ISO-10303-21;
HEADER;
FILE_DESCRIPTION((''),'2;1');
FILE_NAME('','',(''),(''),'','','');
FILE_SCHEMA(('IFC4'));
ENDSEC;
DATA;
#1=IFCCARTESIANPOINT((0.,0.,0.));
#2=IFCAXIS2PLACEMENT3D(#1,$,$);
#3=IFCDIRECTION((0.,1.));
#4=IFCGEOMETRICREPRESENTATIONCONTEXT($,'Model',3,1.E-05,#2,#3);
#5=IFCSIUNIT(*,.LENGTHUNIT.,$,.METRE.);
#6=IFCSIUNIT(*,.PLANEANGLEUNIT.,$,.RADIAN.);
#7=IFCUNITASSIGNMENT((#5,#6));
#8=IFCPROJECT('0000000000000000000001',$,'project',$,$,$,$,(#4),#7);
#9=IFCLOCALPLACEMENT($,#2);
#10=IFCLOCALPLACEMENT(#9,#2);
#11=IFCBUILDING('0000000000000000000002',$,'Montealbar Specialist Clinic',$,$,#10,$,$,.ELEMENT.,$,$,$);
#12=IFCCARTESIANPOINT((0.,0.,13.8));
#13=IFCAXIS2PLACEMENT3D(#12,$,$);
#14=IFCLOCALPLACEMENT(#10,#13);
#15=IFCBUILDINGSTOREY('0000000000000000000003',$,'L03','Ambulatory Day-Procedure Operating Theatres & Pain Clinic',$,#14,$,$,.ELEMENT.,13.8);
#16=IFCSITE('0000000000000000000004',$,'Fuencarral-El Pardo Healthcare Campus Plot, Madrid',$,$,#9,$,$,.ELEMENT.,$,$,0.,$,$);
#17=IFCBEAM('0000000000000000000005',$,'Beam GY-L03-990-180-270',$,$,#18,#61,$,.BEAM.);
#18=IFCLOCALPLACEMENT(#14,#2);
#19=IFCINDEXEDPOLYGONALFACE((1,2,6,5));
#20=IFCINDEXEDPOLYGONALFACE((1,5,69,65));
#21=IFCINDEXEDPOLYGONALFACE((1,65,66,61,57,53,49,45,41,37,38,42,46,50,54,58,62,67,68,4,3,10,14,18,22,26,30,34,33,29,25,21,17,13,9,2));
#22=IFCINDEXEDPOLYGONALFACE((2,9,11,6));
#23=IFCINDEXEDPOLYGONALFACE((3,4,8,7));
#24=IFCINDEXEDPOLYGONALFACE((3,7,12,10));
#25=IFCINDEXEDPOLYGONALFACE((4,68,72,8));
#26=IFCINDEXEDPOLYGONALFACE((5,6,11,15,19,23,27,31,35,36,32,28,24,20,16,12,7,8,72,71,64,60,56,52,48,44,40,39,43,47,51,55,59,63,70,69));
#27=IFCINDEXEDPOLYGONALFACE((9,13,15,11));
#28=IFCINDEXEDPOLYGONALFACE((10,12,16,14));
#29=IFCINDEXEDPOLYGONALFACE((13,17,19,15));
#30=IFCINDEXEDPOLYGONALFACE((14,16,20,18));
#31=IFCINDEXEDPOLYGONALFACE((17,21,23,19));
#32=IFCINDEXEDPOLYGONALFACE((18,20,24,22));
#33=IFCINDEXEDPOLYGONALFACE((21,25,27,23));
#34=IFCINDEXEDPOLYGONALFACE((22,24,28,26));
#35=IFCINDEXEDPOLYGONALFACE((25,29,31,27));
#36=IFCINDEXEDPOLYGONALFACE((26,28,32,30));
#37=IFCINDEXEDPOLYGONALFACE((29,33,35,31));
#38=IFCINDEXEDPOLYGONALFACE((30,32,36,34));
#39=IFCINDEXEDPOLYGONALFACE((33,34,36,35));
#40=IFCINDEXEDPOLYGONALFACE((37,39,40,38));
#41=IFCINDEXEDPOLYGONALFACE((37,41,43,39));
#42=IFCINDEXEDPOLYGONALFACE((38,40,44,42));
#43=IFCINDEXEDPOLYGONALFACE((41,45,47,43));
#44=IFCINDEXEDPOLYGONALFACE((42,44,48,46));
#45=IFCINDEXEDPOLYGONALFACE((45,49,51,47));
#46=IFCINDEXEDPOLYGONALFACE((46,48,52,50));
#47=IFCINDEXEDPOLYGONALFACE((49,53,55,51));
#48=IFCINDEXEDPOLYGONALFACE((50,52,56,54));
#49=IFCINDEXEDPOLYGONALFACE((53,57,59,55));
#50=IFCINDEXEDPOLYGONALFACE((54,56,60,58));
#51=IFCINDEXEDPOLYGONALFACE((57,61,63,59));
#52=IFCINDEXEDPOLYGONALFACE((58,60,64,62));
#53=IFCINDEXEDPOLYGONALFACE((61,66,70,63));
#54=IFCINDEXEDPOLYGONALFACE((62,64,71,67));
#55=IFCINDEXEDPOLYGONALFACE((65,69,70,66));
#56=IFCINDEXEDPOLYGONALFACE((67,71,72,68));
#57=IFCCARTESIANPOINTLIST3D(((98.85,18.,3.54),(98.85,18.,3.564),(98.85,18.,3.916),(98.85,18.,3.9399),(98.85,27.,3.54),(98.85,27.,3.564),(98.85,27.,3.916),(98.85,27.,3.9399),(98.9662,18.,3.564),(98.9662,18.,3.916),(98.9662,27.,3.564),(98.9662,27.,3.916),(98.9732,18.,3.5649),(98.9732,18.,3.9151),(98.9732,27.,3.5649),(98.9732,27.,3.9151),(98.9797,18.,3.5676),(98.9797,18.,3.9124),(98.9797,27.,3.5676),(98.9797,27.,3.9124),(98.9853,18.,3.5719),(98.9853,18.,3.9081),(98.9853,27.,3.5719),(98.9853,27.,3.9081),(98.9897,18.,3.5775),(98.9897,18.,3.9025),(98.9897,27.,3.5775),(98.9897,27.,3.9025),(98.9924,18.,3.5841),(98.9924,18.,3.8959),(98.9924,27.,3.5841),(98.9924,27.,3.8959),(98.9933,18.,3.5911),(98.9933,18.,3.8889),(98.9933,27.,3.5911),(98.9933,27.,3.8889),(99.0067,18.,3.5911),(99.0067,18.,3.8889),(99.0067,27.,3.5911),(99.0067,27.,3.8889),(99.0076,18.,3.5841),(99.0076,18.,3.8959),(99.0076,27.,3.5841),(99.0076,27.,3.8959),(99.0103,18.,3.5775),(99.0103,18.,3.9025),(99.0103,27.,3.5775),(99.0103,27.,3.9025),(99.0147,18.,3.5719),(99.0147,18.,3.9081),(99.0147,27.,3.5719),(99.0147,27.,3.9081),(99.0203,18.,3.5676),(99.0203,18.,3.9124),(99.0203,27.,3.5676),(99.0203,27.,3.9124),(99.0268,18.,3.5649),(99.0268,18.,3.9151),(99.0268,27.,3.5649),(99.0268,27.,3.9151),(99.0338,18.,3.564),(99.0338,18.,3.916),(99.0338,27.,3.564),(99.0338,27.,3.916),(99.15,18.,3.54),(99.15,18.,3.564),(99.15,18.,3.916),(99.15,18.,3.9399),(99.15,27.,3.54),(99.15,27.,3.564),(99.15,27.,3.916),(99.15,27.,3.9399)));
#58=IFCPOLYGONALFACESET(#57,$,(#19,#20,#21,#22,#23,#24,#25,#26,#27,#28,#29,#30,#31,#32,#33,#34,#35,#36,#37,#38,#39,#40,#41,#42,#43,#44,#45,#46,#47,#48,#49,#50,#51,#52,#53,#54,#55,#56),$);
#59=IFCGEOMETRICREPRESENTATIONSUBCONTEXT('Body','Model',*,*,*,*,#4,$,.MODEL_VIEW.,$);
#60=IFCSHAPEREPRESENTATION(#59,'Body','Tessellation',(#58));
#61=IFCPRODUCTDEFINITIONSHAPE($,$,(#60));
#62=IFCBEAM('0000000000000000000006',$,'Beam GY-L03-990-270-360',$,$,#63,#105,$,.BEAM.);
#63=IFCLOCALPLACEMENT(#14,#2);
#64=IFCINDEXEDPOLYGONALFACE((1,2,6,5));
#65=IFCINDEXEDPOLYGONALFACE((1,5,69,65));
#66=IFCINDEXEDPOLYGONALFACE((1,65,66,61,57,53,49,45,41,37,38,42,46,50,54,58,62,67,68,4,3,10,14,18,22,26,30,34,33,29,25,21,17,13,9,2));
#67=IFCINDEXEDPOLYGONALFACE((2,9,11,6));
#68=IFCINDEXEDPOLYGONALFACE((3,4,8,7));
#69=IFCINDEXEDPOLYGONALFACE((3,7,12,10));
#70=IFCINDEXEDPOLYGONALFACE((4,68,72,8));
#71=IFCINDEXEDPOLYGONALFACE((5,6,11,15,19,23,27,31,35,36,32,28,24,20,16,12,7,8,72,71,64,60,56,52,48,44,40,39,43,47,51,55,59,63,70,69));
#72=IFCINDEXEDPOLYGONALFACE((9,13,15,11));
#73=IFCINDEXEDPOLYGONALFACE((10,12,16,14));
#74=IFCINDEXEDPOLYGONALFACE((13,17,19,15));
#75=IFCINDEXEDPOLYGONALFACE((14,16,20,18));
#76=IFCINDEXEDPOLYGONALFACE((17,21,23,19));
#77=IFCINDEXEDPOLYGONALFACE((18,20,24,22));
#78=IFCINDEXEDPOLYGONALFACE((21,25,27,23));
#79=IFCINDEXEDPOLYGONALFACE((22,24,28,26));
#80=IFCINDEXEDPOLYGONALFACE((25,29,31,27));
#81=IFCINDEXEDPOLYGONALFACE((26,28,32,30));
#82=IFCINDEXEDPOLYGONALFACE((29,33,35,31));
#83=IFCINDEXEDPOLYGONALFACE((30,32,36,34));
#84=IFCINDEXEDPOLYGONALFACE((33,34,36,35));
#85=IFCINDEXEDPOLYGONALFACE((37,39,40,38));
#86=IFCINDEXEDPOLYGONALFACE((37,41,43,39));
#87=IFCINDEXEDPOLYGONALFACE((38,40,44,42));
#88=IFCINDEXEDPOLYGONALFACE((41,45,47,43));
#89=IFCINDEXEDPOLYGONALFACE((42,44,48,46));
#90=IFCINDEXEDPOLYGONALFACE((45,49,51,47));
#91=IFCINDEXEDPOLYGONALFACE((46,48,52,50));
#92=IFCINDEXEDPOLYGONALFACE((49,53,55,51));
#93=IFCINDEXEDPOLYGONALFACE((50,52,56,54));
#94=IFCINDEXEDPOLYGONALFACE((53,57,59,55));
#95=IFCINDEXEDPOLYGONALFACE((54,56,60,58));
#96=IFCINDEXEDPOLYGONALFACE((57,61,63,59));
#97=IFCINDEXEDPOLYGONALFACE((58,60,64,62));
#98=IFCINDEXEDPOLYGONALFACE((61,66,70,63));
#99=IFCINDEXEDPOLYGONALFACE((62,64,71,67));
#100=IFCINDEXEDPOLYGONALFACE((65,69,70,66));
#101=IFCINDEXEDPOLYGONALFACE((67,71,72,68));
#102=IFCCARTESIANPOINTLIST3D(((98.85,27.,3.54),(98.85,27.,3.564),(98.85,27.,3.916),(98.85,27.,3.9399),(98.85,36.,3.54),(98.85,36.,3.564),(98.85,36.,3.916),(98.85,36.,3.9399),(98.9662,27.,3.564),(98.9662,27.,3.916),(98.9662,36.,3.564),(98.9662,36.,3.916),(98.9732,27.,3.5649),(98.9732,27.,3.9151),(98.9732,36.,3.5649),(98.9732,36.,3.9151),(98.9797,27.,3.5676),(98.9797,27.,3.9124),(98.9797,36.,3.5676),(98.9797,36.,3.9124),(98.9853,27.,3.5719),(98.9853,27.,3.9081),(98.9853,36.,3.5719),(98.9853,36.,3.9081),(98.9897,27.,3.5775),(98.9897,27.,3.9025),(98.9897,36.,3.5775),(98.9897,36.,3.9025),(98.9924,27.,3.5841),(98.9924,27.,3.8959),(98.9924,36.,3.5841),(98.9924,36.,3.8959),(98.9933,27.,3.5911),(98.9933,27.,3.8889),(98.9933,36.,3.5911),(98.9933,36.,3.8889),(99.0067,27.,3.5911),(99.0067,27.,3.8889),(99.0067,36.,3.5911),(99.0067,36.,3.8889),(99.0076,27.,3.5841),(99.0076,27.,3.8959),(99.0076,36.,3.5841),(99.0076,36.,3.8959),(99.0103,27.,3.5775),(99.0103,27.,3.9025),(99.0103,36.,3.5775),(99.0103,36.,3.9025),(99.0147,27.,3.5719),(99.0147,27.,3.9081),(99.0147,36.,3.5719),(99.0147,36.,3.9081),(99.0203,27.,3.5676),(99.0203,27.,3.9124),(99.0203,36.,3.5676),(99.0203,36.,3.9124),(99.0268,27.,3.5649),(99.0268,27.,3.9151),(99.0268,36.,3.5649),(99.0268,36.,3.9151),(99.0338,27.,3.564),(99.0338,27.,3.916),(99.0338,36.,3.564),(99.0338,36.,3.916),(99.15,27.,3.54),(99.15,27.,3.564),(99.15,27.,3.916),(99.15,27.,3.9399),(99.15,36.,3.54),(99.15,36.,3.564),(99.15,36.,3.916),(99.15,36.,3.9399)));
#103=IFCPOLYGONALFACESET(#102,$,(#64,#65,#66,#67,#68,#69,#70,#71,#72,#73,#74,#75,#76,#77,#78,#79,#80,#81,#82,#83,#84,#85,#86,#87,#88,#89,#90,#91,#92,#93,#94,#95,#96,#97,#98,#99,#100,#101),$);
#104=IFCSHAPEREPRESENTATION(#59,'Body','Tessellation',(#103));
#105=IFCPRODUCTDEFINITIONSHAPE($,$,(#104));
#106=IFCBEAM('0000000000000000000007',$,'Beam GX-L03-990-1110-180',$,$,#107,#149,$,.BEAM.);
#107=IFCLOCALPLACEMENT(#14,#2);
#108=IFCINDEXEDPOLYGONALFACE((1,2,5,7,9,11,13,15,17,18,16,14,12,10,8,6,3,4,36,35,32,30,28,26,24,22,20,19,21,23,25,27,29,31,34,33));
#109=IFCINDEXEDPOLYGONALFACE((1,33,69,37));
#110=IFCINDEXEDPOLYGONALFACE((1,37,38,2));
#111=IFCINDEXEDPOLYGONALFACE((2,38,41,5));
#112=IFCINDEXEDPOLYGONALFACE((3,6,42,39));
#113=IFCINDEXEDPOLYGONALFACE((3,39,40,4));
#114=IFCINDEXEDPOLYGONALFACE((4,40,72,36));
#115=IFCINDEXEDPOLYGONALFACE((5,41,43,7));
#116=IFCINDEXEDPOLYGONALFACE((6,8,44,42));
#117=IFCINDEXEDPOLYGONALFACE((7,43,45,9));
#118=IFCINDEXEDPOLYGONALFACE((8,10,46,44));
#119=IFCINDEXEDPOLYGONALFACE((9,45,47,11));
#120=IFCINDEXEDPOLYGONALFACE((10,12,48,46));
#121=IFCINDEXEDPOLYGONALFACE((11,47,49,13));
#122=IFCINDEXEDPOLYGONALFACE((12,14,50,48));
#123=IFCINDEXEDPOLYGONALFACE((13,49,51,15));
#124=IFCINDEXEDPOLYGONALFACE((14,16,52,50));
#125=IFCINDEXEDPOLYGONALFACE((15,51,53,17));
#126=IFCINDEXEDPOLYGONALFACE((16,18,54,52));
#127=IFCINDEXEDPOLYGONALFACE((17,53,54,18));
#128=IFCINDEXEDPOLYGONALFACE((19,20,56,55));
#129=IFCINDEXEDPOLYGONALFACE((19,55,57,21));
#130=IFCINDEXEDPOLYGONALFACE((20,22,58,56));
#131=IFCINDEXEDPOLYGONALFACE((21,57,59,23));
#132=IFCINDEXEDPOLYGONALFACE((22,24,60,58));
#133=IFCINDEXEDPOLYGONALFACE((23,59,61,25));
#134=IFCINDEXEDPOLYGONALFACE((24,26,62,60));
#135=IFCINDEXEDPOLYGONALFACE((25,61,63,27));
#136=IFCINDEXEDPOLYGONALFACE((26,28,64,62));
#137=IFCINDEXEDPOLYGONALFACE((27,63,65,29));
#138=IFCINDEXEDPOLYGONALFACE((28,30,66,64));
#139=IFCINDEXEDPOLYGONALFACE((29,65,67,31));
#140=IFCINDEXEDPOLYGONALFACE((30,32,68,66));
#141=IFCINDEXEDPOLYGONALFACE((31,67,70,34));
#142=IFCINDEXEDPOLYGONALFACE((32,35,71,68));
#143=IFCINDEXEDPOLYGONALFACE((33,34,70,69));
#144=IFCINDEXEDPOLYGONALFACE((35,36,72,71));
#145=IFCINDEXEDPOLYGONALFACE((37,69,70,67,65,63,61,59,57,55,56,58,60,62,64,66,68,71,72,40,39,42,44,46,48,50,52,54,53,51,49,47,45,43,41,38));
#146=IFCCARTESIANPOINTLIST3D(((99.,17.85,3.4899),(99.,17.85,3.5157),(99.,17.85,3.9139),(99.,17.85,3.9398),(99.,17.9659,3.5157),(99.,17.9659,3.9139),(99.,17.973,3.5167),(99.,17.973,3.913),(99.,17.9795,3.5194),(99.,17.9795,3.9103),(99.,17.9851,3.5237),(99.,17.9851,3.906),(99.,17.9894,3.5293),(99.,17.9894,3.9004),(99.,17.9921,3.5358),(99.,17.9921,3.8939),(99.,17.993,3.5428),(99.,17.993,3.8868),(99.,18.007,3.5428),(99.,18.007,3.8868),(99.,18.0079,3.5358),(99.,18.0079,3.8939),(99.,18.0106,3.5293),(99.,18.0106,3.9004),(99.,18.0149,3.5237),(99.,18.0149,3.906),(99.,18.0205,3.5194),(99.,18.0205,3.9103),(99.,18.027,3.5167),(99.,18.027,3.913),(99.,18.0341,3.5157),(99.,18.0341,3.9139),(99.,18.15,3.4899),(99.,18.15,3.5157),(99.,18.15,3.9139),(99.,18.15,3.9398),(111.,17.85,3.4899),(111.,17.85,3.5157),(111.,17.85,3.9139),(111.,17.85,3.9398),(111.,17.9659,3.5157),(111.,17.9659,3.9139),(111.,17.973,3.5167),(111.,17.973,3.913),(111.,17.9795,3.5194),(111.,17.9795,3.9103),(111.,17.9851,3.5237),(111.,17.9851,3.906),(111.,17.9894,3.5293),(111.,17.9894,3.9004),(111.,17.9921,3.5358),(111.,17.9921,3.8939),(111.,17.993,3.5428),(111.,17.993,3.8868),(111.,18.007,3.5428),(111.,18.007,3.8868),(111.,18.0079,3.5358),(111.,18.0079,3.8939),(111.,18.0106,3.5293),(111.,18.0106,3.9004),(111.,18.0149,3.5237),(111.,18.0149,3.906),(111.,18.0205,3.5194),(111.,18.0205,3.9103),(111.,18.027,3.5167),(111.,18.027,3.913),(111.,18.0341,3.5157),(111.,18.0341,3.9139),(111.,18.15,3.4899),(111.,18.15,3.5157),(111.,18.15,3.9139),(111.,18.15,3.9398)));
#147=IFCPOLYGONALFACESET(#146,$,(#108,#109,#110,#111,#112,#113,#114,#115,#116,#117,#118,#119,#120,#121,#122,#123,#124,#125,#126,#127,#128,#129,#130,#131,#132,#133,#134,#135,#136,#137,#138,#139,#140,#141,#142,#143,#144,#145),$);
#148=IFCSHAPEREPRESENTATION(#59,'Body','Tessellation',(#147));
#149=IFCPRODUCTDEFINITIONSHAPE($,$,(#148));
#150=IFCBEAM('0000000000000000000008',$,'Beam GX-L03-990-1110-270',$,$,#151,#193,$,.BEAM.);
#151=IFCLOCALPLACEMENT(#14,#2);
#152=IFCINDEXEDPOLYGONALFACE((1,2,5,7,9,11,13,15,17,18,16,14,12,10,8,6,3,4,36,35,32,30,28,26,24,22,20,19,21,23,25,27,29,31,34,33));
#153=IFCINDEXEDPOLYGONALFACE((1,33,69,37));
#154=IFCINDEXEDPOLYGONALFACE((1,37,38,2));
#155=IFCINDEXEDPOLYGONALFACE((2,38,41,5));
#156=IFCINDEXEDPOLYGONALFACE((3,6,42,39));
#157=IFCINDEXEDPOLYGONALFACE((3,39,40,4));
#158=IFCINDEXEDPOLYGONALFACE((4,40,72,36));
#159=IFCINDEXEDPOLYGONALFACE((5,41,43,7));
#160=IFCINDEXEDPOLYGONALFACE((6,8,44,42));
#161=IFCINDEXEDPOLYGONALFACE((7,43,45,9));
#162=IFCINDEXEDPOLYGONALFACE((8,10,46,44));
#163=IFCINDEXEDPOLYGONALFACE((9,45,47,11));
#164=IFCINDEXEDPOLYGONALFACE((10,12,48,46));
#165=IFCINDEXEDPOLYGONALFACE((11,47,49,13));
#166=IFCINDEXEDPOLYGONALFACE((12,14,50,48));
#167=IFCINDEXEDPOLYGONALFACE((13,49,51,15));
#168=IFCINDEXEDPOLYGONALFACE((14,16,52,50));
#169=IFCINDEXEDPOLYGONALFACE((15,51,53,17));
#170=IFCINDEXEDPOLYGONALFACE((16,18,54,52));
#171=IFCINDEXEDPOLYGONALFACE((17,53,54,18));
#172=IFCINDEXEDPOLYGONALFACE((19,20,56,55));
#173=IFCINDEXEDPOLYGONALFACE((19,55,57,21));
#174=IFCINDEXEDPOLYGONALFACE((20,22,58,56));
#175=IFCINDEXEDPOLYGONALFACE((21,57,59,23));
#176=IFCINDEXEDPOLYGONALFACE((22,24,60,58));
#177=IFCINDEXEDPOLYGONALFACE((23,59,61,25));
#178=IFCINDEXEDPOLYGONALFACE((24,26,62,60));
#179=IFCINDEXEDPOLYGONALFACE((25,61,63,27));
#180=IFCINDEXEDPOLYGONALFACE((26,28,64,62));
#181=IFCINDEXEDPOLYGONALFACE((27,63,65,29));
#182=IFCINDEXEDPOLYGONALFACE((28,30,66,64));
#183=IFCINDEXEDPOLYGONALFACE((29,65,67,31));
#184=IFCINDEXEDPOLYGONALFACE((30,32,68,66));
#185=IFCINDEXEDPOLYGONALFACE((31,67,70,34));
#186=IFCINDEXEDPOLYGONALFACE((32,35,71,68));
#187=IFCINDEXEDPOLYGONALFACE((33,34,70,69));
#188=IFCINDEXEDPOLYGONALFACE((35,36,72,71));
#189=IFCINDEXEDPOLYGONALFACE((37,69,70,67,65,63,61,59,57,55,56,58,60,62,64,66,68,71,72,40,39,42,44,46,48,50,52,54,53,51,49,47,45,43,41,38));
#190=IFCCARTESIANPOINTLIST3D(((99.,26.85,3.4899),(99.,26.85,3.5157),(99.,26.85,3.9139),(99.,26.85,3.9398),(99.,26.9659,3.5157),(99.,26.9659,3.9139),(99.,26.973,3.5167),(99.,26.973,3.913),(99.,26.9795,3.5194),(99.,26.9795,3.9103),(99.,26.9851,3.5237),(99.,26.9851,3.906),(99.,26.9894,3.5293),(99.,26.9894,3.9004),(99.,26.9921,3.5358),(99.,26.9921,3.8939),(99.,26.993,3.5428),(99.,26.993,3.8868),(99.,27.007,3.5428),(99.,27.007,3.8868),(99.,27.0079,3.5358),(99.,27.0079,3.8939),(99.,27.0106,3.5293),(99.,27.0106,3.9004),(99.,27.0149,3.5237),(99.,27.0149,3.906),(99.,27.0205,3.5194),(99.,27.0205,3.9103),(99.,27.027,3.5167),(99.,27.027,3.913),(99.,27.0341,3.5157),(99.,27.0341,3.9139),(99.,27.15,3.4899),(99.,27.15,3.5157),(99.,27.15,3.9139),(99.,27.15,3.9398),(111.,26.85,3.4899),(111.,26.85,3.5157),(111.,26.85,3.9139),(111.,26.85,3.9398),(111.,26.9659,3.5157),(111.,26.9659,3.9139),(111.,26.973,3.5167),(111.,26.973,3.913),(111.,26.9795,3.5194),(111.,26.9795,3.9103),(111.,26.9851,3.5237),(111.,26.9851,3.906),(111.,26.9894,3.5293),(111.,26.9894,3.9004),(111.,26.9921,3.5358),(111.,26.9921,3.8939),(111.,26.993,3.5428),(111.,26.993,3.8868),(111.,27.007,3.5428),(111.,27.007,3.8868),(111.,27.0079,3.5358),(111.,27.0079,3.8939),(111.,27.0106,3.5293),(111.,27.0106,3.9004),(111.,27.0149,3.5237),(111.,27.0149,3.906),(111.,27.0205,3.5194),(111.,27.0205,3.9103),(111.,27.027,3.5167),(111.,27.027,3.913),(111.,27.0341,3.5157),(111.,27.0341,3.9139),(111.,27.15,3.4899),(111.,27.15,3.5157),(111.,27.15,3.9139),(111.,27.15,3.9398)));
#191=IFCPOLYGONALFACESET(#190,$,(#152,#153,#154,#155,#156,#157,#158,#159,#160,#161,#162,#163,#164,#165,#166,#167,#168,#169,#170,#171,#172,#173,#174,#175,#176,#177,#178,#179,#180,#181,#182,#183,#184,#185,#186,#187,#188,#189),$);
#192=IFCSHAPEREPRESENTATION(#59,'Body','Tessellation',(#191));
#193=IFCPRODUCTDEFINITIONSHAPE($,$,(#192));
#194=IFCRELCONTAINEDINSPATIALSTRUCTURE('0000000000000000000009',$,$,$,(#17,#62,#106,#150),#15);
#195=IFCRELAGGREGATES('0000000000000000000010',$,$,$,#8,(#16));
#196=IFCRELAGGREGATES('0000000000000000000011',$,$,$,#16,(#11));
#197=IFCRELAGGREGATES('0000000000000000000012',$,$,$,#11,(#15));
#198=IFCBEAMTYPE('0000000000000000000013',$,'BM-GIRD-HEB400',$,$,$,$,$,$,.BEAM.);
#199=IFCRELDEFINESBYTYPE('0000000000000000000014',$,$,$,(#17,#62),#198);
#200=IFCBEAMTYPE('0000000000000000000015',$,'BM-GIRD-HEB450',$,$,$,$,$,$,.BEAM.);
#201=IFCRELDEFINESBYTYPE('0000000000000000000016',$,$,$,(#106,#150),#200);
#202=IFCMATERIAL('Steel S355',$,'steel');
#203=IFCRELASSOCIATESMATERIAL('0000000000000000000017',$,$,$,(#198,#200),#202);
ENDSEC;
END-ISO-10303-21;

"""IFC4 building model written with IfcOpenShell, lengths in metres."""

from ifc_helpers import new_model, si_unit, direction, frame, origin, origin_2d, place, context, subcontext, project, spatial, i_section, extrude, material, material_profile, profile_set, type_object, element, save


model = new_model("IFC4")

# Units and contexts
model_context = context("Model", 3, precision=1e-05, world=origin(), true_north=direction((0.0, 1.0)))
body_context = subcontext(model_context, "Body", "Model", "MODEL_VIEW")
ifc_project = project(units=[si_unit("LENGTHUNIT", "METRE"), si_unit("PLANEANGLEUNIT", "RADIAN")], contexts=[model_context])

# Site, building, storey
site_placement = place(None, origin())
site = spatial("IfcSite", under=ifc_project, at=site_placement, Name="Fuencarral-El Pardo Healthcare Campus Plot, Madrid", CompositionType="ELEMENT", RefElevation=0.0)
building_placement = place(site_placement, origin())
building = spatial("IfcBuilding", under=site, at=building_placement, Name="Montealbar Specialist Clinic", CompositionType="ELEMENT")
storey_placement = place(building_placement, frame((0.0, 0.0, 13.8)))
storey = spatial("IfcBuildingStorey", under=building, at=storey_placement, Name="L03", Description="Ambulatory Day-Procedure Operating Theatres & Pain Clinic", CompositionType="ELEMENT", Elevation=13.8)

# Shared definitions
ifc_material_1 = material(Name="Steel S355", Category="steel")

# Beams
ifc_material_profile_1 = material_profile(ifc_material_1, i_section(OverallWidth=0.3, OverallDepth=0.3999, WebThickness=0.0134, FlangeThickness=0.0239, FilletRadius=0.0271, at=origin_2d()), Name="HEB 400", Category="steel")
ifc_profile_set_1 = profile_set([ifc_material_profile_1], Name="Steel S355")
beam_type_1 = type_object("IfcBeamType", Name="BM-GIRD-HEB400", PredefinedType="BEAM", material=ifc_profile_set_1)
for number, where, z_axis, x_axis, name in (
    (1, (99.0, 18.0, 3.74), (0.0, 1.0, 0.0), (-1.0, 0.0, 0.0), "Beam GY-L03-990-180-270"),
    (2, (99.0, 27.0, 3.74), (0.0, 1.0, 0.0), (-1.0, 0.0, 0.0), "Beam GY-L03-990-270-360"),
):
    element("IfcBeam", number, at=place(storey_placement, frame(where, z_axis=z_axis, x_axis=x_axis)), inside=storey, type_object=beam_type_1, Name=name, PredefinedType="BEAM", context=body_context, shape_type="SweptSolid", body=[
        extrude(i_section(OverallWidth=0.3, OverallDepth=0.3999, WebThickness=0.0134, FlangeThickness=0.0239, FilletRadius=0.0271, at=origin_2d()), origin(), (0.0, 0.0, 1.0), 9.0),
    ])
ifc_material_profile_2 = material_profile(ifc_material_1, i_section(OverallWidth=0.3, OverallDepth=0.45, WebThickness=0.0139, FlangeThickness=0.0259, FilletRadius=0.0271, at=origin_2d()), Name="HEB 450", Category="steel")
ifc_profile_set_2 = profile_set([ifc_material_profile_2], Name="Steel S355")
beam_type_2 = type_object("IfcBeamType", Name="BM-GIRD-HEB450", PredefinedType="BEAM", material=ifc_profile_set_2)
for number, where, z_axis, x_axis, name in (
    (3, (99.0, 18.0, 3.7148), (1.0, 0.0, 0.0), (0.0, 1.0, 0.0), "Beam GX-L03-990-1110-180"),
    (4, (99.0, 27.0, 3.7148), (1.0, 0.0, 0.0), (0.0, 1.0, 0.0), "Beam GX-L03-990-1110-270"),
):
    element("IfcBeam", number, at=place(storey_placement, frame(where, z_axis=z_axis, x_axis=x_axis)), inside=storey, type_object=beam_type_2, Name=name, PredefinedType="BEAM", context=body_context, shape_type="SweptSolid", body=[
        extrude(i_section(OverallWidth=0.3, OverallDepth=0.45, WebThickness=0.0139, FlangeThickness=0.0259, FilletRadius=0.0271, at=origin_2d()), origin(), (0.0, 0.0, 1.0), 12.0),
    ])

save(model, "model.ifc")
